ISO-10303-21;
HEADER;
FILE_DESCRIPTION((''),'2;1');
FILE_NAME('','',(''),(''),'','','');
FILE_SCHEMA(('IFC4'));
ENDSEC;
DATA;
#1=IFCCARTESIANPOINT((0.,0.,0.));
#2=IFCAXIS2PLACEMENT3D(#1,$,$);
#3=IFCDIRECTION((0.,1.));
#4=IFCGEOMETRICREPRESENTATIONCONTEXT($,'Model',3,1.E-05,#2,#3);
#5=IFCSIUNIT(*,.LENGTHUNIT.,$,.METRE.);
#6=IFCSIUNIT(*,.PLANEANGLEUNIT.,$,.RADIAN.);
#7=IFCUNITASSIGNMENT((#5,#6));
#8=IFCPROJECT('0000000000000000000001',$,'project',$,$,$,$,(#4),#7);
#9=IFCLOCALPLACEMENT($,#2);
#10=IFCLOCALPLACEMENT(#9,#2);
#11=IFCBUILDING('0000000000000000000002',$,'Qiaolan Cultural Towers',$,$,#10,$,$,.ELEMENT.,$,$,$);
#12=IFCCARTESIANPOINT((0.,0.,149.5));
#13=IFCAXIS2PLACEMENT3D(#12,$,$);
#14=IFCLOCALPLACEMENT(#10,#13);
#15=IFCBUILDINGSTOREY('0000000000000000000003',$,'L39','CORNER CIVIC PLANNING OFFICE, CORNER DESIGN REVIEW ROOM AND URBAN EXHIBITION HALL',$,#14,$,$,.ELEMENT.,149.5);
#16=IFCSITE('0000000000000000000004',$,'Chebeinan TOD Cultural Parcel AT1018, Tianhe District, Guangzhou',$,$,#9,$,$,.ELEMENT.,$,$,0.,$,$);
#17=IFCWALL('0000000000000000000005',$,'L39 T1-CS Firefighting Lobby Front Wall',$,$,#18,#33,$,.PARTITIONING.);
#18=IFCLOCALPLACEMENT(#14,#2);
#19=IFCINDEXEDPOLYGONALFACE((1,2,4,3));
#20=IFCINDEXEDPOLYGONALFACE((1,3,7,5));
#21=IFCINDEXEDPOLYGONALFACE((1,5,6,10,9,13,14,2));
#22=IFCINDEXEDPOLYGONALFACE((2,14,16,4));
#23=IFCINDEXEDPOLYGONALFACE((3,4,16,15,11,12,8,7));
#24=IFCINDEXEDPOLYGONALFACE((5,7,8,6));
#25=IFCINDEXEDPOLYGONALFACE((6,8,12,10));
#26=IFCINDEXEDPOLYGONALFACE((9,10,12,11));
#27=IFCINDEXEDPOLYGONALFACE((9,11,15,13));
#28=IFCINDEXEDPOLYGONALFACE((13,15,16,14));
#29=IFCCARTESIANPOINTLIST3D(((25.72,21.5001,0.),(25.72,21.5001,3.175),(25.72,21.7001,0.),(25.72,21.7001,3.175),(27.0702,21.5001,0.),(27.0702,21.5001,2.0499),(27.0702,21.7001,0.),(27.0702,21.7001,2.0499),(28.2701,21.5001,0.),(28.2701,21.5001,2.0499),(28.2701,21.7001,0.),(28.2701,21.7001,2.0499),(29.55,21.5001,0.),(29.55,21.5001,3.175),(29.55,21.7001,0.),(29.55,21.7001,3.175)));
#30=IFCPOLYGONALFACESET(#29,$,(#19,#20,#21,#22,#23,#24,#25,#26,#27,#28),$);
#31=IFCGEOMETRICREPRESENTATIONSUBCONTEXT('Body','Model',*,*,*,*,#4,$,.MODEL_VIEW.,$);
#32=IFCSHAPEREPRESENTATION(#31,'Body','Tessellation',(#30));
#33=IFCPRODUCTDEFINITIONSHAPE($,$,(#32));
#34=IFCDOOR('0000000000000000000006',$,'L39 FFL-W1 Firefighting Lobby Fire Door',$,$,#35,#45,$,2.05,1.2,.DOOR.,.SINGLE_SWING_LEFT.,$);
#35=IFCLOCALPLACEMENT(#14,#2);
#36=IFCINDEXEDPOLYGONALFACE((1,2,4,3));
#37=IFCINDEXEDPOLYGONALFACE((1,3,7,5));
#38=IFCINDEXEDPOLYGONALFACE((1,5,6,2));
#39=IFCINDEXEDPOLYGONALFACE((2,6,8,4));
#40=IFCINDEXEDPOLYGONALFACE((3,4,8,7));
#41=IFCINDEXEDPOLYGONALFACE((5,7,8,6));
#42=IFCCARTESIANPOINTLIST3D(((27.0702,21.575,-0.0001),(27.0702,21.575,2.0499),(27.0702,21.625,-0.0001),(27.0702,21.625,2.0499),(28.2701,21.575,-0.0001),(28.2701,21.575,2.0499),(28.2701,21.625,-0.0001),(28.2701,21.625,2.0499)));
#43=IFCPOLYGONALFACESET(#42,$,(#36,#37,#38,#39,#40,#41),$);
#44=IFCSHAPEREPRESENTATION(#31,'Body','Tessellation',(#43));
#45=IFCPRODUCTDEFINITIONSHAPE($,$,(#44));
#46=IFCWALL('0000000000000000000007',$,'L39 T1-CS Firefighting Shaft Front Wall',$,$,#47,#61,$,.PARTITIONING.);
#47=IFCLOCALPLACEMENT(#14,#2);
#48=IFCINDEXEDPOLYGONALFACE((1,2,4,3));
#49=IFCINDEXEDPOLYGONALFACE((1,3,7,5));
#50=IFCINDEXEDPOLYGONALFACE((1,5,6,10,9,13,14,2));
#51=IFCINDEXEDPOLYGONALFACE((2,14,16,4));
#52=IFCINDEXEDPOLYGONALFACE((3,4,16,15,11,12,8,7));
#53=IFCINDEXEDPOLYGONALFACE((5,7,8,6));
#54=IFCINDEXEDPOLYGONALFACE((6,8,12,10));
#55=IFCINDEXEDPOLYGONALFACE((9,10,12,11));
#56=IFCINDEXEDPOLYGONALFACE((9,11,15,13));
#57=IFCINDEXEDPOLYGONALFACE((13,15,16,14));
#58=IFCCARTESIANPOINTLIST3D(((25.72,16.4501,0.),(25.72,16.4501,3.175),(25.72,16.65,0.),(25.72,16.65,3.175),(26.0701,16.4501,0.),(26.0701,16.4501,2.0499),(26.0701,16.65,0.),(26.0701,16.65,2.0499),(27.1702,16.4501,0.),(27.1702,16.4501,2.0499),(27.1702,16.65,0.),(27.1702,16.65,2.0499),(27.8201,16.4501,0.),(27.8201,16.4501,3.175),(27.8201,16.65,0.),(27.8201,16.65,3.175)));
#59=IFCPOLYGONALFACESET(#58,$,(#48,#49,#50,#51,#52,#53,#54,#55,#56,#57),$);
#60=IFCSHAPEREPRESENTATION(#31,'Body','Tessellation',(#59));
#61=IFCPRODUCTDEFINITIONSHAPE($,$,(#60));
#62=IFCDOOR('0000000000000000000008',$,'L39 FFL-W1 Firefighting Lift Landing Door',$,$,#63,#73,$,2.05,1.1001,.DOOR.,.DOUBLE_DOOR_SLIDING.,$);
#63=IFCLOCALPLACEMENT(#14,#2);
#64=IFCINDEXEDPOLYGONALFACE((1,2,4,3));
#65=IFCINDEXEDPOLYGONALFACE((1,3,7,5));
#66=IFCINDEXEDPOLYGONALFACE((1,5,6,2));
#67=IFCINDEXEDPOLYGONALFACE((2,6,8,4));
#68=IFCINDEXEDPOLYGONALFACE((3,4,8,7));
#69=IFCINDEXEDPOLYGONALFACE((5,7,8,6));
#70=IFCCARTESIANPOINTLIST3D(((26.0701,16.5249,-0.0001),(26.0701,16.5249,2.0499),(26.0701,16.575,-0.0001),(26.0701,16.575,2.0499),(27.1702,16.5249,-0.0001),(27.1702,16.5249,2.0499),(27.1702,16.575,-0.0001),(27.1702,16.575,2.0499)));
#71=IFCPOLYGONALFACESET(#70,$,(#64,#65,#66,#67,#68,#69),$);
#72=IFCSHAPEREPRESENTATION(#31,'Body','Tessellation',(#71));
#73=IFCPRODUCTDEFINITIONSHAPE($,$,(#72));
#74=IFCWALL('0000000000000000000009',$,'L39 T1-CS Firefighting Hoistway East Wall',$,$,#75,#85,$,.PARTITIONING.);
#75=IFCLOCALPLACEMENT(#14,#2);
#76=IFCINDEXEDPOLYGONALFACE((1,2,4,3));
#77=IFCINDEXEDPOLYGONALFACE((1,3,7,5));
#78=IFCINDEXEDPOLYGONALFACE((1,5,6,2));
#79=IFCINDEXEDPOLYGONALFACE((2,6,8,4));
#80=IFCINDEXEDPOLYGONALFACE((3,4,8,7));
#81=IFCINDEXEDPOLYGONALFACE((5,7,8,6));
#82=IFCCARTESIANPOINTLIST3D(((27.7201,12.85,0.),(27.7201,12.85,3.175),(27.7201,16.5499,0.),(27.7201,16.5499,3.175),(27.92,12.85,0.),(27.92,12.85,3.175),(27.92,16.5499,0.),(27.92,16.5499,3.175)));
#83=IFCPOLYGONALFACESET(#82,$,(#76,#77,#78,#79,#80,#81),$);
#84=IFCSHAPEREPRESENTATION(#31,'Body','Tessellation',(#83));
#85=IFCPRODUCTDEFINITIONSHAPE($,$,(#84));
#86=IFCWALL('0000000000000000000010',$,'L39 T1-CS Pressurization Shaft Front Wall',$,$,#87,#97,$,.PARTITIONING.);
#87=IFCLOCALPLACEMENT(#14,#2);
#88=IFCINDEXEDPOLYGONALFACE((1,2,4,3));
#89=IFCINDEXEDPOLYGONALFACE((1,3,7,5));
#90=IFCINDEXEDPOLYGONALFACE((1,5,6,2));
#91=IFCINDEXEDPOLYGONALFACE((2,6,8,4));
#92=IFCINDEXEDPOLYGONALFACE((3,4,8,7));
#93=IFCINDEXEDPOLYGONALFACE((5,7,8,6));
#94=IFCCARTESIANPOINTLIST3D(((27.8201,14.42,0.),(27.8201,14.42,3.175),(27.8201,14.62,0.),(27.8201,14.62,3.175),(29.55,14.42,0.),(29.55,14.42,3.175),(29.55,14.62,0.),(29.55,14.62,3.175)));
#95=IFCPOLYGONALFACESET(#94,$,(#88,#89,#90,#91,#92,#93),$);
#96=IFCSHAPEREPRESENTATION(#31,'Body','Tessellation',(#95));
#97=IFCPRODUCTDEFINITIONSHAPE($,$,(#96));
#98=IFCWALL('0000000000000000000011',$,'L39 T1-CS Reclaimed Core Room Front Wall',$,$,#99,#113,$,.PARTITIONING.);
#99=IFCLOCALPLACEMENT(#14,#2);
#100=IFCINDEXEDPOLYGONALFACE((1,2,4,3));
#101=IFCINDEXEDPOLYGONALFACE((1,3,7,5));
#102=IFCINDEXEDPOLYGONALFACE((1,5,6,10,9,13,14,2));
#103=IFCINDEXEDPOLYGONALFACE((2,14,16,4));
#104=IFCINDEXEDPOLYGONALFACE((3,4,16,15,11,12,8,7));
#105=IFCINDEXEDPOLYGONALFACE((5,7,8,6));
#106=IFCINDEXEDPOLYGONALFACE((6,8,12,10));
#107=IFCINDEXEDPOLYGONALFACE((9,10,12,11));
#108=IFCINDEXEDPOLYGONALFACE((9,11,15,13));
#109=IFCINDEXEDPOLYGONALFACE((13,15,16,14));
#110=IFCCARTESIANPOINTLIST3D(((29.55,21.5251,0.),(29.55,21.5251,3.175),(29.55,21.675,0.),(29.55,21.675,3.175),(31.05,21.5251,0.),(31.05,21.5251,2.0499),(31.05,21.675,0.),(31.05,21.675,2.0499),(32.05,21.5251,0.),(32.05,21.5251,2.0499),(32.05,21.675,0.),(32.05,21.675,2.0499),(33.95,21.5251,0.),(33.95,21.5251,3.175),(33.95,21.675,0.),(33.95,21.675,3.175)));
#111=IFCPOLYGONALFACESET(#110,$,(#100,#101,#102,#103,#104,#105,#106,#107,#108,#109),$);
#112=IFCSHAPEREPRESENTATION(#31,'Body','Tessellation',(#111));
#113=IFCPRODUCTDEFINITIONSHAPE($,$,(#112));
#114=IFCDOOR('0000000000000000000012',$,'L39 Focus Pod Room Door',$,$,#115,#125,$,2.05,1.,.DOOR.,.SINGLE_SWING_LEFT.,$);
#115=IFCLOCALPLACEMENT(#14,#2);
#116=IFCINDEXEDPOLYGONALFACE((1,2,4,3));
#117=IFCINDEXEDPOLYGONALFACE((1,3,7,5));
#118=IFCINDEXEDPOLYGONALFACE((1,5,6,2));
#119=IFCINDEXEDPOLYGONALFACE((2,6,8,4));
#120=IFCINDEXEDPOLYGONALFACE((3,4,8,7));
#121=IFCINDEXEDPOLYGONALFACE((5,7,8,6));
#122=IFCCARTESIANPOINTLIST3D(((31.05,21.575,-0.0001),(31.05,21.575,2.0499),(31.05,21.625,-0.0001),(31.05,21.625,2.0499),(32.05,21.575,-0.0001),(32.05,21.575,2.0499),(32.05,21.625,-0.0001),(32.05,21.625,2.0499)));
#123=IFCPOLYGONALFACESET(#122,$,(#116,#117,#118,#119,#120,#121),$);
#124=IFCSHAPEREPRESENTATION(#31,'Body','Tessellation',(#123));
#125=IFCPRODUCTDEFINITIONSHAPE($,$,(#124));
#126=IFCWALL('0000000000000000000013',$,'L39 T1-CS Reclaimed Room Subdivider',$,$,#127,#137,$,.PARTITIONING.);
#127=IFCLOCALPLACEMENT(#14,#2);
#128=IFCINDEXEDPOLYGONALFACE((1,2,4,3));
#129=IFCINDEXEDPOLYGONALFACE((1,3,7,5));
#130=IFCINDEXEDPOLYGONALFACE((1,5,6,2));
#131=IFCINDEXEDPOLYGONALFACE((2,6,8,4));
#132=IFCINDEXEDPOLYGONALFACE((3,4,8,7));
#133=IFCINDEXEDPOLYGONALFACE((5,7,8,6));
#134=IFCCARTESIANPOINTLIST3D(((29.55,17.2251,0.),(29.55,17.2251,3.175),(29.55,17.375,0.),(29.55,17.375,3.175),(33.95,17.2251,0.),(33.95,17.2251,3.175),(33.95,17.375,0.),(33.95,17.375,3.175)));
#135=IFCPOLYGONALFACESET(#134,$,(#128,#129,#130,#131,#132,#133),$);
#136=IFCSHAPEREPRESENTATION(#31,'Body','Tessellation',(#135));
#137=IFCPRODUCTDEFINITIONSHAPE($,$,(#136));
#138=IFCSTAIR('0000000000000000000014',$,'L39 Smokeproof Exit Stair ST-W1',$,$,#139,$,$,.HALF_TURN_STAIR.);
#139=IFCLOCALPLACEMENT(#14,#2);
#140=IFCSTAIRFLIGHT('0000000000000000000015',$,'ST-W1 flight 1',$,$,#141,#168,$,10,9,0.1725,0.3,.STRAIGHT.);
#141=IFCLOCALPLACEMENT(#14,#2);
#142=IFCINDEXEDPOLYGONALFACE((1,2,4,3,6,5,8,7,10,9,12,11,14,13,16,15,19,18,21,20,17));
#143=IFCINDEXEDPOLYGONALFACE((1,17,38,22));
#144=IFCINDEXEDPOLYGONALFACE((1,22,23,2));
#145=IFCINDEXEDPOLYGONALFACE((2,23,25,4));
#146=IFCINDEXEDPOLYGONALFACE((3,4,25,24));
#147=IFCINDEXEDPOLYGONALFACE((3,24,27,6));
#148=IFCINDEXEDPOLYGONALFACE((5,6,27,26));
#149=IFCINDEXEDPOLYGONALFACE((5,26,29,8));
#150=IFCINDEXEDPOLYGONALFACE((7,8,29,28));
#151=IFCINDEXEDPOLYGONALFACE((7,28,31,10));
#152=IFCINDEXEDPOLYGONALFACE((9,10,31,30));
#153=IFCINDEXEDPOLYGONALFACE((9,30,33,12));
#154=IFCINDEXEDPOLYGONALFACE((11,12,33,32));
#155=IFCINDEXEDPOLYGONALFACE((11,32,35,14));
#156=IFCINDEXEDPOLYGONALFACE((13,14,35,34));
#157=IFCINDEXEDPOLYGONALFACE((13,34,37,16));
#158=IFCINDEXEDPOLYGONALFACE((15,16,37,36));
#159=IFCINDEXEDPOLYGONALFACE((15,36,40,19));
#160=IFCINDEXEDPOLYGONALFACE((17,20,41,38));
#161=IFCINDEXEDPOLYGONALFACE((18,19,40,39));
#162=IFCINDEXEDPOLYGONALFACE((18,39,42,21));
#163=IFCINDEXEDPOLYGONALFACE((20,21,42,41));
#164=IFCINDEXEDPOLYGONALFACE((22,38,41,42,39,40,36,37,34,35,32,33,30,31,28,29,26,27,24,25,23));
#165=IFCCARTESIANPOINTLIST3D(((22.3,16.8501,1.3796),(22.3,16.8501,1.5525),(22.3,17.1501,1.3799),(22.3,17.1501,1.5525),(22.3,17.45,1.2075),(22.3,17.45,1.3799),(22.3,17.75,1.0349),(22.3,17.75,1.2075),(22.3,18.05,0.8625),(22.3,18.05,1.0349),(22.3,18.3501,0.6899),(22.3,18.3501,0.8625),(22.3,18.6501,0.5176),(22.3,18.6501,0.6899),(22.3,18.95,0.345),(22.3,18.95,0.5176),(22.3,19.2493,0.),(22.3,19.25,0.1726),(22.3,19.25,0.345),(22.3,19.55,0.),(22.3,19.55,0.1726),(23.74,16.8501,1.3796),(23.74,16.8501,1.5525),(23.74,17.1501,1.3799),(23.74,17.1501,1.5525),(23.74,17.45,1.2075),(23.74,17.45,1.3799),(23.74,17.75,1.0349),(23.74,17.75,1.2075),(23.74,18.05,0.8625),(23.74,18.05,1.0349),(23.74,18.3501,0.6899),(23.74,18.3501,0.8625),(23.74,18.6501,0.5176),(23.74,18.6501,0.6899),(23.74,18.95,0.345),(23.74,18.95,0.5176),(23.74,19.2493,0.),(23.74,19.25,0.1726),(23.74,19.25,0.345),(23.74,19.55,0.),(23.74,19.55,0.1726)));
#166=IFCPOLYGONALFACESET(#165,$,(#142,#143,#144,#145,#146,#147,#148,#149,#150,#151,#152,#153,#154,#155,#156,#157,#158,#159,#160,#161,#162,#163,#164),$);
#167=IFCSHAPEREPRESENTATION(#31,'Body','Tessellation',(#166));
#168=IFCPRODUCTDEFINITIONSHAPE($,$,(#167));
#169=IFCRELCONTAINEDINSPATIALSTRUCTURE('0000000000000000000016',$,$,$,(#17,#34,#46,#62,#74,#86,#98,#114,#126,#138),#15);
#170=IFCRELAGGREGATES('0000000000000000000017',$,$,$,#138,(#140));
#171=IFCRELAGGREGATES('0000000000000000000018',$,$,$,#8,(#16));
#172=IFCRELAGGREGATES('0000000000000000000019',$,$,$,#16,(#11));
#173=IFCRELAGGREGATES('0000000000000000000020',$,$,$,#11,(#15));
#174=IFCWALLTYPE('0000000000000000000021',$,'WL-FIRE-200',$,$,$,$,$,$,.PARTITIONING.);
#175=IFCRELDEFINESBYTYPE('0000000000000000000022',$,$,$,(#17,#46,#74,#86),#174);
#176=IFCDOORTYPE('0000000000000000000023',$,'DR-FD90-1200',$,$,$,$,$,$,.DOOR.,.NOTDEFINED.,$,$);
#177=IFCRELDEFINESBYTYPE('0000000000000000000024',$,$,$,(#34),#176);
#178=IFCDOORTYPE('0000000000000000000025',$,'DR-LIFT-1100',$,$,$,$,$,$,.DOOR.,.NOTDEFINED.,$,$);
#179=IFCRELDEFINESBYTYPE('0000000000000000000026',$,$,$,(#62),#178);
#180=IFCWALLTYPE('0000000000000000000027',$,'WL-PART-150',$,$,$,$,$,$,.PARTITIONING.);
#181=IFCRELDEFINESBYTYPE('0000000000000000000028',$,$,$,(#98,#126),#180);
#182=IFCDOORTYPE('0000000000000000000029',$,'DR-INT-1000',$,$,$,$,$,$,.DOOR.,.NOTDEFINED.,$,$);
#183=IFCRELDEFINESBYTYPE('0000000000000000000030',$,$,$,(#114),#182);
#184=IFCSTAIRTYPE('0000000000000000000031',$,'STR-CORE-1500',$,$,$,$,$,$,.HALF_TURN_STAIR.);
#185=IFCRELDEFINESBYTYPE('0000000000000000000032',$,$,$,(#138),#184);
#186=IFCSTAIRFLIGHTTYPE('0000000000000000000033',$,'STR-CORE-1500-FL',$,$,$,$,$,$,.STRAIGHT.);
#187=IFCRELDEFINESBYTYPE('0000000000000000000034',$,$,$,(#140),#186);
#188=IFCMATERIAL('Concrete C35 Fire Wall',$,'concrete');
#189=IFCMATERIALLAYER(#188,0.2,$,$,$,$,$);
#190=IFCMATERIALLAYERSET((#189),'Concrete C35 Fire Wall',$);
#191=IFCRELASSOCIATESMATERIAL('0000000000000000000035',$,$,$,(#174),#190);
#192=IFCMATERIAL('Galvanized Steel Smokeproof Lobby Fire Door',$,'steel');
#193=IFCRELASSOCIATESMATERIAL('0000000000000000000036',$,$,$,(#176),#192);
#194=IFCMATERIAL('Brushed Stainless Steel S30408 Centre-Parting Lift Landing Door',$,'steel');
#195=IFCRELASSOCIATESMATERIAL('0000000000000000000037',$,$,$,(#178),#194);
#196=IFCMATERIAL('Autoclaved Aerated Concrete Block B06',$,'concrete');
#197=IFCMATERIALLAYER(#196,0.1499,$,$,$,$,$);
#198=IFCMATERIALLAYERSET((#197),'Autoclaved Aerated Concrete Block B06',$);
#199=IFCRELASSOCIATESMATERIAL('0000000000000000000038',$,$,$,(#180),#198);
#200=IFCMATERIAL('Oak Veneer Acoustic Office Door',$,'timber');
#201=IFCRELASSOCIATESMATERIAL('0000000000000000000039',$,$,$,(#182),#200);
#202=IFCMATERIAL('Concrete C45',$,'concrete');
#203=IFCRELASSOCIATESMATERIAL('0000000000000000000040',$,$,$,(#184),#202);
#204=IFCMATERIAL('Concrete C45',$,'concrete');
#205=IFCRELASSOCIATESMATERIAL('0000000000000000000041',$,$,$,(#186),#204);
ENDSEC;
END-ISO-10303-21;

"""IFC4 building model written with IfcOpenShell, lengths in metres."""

from ifc_helpers import new_model, si_unit, direction, frame, frame_2d, origin, place, context, subcontext, project, spatial, polyline, rectangle, outline, extrude, material, layer, layer_set, type_object, element, fill, aggregate, save


model = new_model("IFC4")

# Units and contexts
model_context = context("Model", 3, precision=1e-05, world=origin(), true_north=direction((0.0, 1.0)))
body_context = subcontext(model_context, "Body", "Model", "MODEL_VIEW")
ifc_project = project(units=[si_unit("LENGTHUNIT", "METRE"), si_unit("PLANEANGLEUNIT", "RADIAN")], contexts=[model_context])

# Site, building, storey
site_placement = place(None, origin())
site = spatial("IfcSite", under=ifc_project, at=site_placement, Name="Chebeinan TOD Cultural Parcel AT1018, Tianhe District, Guangzhou", CompositionType="ELEMENT", RefElevation=0.0)
building_placement = place(site_placement, origin())
building = spatial("IfcBuilding", under=site, at=building_placement, Name="Qiaolan Cultural Towers", CompositionType="ELEMENT")
storey_placement = place(building_placement, frame((0.0, 0.0, 149.5)))
storey = spatial("IfcBuildingStorey", under=building, at=storey_placement, Name="L39", Description="CORNER CIVIC PLANNING OFFICE, CORNER DESIGN REVIEW ROOM AND URBAN EXHIBITION HALL", CompositionType="ELEMENT", Elevation=149.5)

# Shared definitions
ifc_material_1 = material(Name="Concrete C35 Fire Wall", Category="concrete")
ifc_layer_1 = layer(ifc_material_1, 0.2)
ifc_layer_set_1 = layer_set([ifc_layer_1], Name="Concrete C35 Fire Wall")
wall_type_1 = type_object("IfcWallType", Name="WL-FIRE-200", PredefinedType="PARTITIONING", material=ifc_layer_set_1)

# Walls, openings, doors
wall_1_placement = place(storey_placement, frame((25.72, 21.6001, 0.0), z_axis=(0.0, 0.0, 1.0), x_axis=(1.0, 0.0, 0.0)))
wall_1 = element("IfcWall", 1, at=wall_1_placement, inside=storey, type_object=wall_type_1, Name="L39 T1-CS Firefighting Lobby Front Wall", PredefinedType="PARTITIONING", context=body_context, shape_type="SweptSolid", body=[
    extrude(rectangle(XDim=3.8301, YDim=0.2, at=frame_2d((1.915, 0.0))), origin(), (0.0, 0.0, 1.0), 3.175),
])
opening_1_placement = place(wall_1_placement, frame((1.3501, 0.0, 0.0)))
opening_1 = element("IfcOpeningElement", 2, at=opening_1_placement, cuts=wall_1, PredefinedType="OPENING", context=body_context, shape_type="SweptSolid", body=[
    extrude(rectangle(XDim=1.2, YDim=2.05, at=frame_2d((0.6001, 1.0249))), frame((0.0, 0.1099, 0.0), z_axis=(0.0, -1.0, 0.0), x_axis=(1.0, 0.0, 0.0)), (0.0, 0.0, 1.0), 0.22),
])
ifc_material_2 = material(Name="Galvanized Steel Smokeproof Lobby Fire Door", Category="steel")
door_type_1 = type_object("IfcDoorType", Name="DR-FD90-1200", OperationType="NOTDEFINED", PredefinedType="DOOR", material=ifc_material_2)
door_1_placement = place(opening_1_placement, origin())
door_1 = element("IfcDoor", 3, at=door_1_placement, inside=storey, type_object=door_type_1, Name="L39 FFL-W1 Firefighting Lobby Fire Door", OperationType="SINGLE_SWING_LEFT", OverallHeight=2.05, OverallWidth=1.2, PredefinedType="DOOR", context=body_context, shape_type="SweptSolid", body=[
    extrude(rectangle(XDim=1.2, YDim=2.05, at=frame_2d((0.6001, 1.0249))), frame((0.0, 0.0249, 0.0), z_axis=(0.0, -1.0, 0.0), x_axis=(1.0, 0.0, 0.0)), (0.0, 0.0, 1.0), 0.05),
])
fill(opening_1, door_1)
wall_2_placement = place(storey_placement, frame((25.72, 16.55, 0.0), z_axis=(0.0, 0.0, 1.0), x_axis=(1.0, 0.0, 0.0)))
wall_2 = element("IfcWall", 4, at=wall_2_placement, inside=storey, type_object=wall_type_1, Name="L39 T1-CS Firefighting Shaft Front Wall", PredefinedType="PARTITIONING", context=body_context, shape_type="SweptSolid", body=[
    extrude(rectangle(XDim=2.1001, YDim=0.2, at=frame_2d((1.05, 0.0))), origin(), (0.0, 0.0, 1.0), 3.175),
])
opening_2_placement = place(wall_2_placement, frame((0.3501, 0.0, 0.0)))
opening_2 = element("IfcOpeningElement", 5, at=opening_2_placement, cuts=wall_2, PredefinedType="OPENING", context=body_context, shape_type="SweptSolid", body=[
    extrude(rectangle(XDim=1.1001, YDim=2.05, at=frame_2d((0.55, 1.0249))), frame((0.0, 0.1099, 0.0), z_axis=(0.0, -1.0, 0.0), x_axis=(1.0, 0.0, 0.0)), (0.0, 0.0, 1.0), 0.22),
])
ifc_material_3 = material(Name="Brushed Stainless Steel S30408 Centre-Parting Lift Landing Door", Category="steel")
door_type_2 = type_object("IfcDoorType", Name="DR-LIFT-1100", OperationType="NOTDEFINED", PredefinedType="DOOR", material=ifc_material_3)
door_2_placement = place(opening_2_placement, origin())
door_2 = element("IfcDoor", 6, at=door_2_placement, inside=storey, type_object=door_type_2, Name="L39 FFL-W1 Firefighting Lift Landing Door", OperationType="DOUBLE_DOOR_SLIDING", OverallHeight=2.05, OverallWidth=1.1001, PredefinedType="DOOR", context=body_context, shape_type="SweptSolid", body=[
    extrude(rectangle(XDim=1.1001, YDim=2.05, at=frame_2d((0.55, 1.0249))), frame((0.0, 0.0249, 0.0), z_axis=(0.0, -1.0, 0.0), x_axis=(1.0, 0.0, 0.0)), (0.0, 0.0, 1.0), 0.05),
])
fill(opening_2, door_2)

# Walls
wall_3_placement = place(storey_placement, frame((27.8201, 16.55, 0.0), z_axis=(0.0, 0.0, 1.0), x_axis=(0.0, -1.0, 0.0)))
element("IfcWall", 7, at=wall_3_placement, inside=storey, type_object=wall_type_1, Name="L39 T1-CS Firefighting Hoistway East Wall", PredefinedType="PARTITIONING", context=body_context, shape_type="SweptSolid", body=[
    extrude(rectangle(XDim=3.7, YDim=0.2, at=frame_2d((1.8501, 0.0))), origin(), (0.0, 0.0, 1.0), 3.175),
])
wall_4_placement = place(storey_placement, frame((27.8201, 14.52, 0.0), z_axis=(0.0, 0.0, 1.0), x_axis=(1.0, 0.0, 0.0)))
element("IfcWall", 8, at=wall_4_placement, inside=storey, type_object=wall_type_1, Name="L39 T1-CS Pressurization Shaft Front Wall", PredefinedType="PARTITIONING", context=body_context, shape_type="SweptSolid", body=[
    extrude(rectangle(XDim=1.73, YDim=0.2, at=frame_2d((0.865, 0.0))), origin(), (0.0, 0.0, 1.0), 3.175),
])

# Wall, opening, door
ifc_material_4 = material(Name="Autoclaved Aerated Concrete Block B06", Category="concrete")
ifc_layer_2 = layer(ifc_material_4, 0.1499)
ifc_layer_set_2 = layer_set([ifc_layer_2], Name="Autoclaved Aerated Concrete Block B06")
wall_type_2 = type_object("IfcWallType", Name="WL-PART-150", PredefinedType="PARTITIONING", material=ifc_layer_set_2)
wall_5_placement = place(storey_placement, frame((29.55, 21.6001, 0.0), z_axis=(0.0, 0.0, 1.0), x_axis=(1.0, 0.0, 0.0)))
wall_5 = element("IfcWall", 9, at=wall_5_placement, inside=storey, type_object=wall_type_2, Name="L39 T1-CS Reclaimed Core Room Front Wall", PredefinedType="PARTITIONING", context=body_context, shape_type="SweptSolid", body=[
    extrude(rectangle(XDim=4.3999, YDim=0.1499, at=frame_2d((2.2, 0.0))), origin(), (0.0, 0.0, 1.0), 3.175),
])
opening_3_placement = place(wall_5_placement, frame((1.5, 0.0, 0.0)))
opening_3 = element("IfcOpeningElement", 10, at=opening_3_placement, cuts=wall_5, PredefinedType="OPENING", context=body_context, shape_type="SweptSolid", body=[
    extrude(rectangle(XDim=1.0, YDim=2.05, at=frame_2d((0.5, 1.0249))), frame((0.0, 0.085, 0.0), z_axis=(0.0, -1.0, 0.0), x_axis=(1.0, 0.0, 0.0)), (0.0, 0.0, 1.0), 0.1699),
])
ifc_material_5 = material(Name="Oak Veneer Acoustic Office Door", Category="timber")
door_type_3 = type_object("IfcDoorType", Name="DR-INT-1000", OperationType="NOTDEFINED", PredefinedType="DOOR", material=ifc_material_5)
door_3_placement = place(opening_3_placement, origin())
door_3 = element("IfcDoor", 11, at=door_3_placement, inside=storey, type_object=door_type_3, Name="L39 Focus Pod Room Door", OperationType="SINGLE_SWING_LEFT", OverallHeight=2.05, OverallWidth=1.0, PredefinedType="DOOR", context=body_context, shape_type="SweptSolid", body=[
    extrude(rectangle(XDim=1.0, YDim=2.05, at=frame_2d((0.5, 1.0249))), frame((0.0, 0.0249, 0.0), z_axis=(0.0, -1.0, 0.0), x_axis=(1.0, 0.0, 0.0)), (0.0, 0.0, 1.0), 0.05),
])
fill(opening_3, door_3)

# Wall
wall_6_placement = place(storey_placement, frame((29.55, 17.3, 0.0), z_axis=(0.0, 0.0, 1.0), x_axis=(1.0, 0.0, 0.0)))
element("IfcWall", 12, at=wall_6_placement, inside=storey, type_object=wall_type_2, Name="L39 T1-CS Reclaimed Room Subdivider", PredefinedType="PARTITIONING", context=body_context, shape_type="SweptSolid", body=[
    extrude(rectangle(XDim=4.3999, YDim=0.1499, at=frame_2d((2.2, 0.0))), origin(), (0.0, 0.0, 1.0), 3.175),
])

# Stair, stair flight
ifc_material_6 = material(Name="Concrete C45", Category="concrete")
stair_type = type_object("IfcStairType", Name="STR-CORE-1500", PredefinedType="HALF_TURN_STAIR", material=ifc_material_6)
stair_placement = place(storey_placement, origin())
stair = element("IfcStair", 13, at=stair_placement, inside=storey, type_object=stair_type, Name="L39 Smokeproof Exit Stair ST-W1", PredefinedType="HALF_TURN_STAIR")
ifc_material_7 = material(Name="Concrete C45", Category="concrete")
stair_flight_type = type_object("IfcStairFlightType", Name="STR-CORE-1500-FL", PredefinedType="STRAIGHT", material=ifc_material_7)
stair_flight_1_placement = place(storey_placement, frame((23.02, 19.55, 0.0), z_axis=(0.0, 0.0, 1.0), x_axis=(0.0, -1.0, 0.0)))
stair_flight_1 = element("IfcStairFlight", 14, at=stair_flight_1_placement, type_object=stair_flight_type, Name="ST-W1 flight 1", NumberOfRisers=10, NumberOfTreads=9, PredefinedType="STRAIGHT", RiserHeight=0.1725, TreadLength=0.3, context=body_context, shape_type="SweptSolid", body=[
    extrude(outline(polyline([(0.0, 0.0), (0.0, 0.1726), (0.3, 0.1726), (0.3, 0.345), (0.6001, 0.345), (0.6001, 0.5176), (0.8999, 0.5176), (0.8999, 0.6899), (1.2, 0.6899), (1.2, 0.8625), (1.5, 0.8625), (1.5, 1.0349), (1.8, 1.0349), (1.8, 1.2075), (2.1001, 1.2075), (2.1001, 1.3799), (2.3999, 1.3799), (2.3999, 1.5525), (2.7, 1.5525), (2.7, 1.7251), (2.7, 1.3796), (0.3008, 0.0), (0.0, 0.0)])), frame((0.0, 0.72, 0.0), z_axis=(0.0, -1.0, 0.0), x_axis=(1.0, 0.0, 0.0)), (0.0, 0.0, 1.0), 1.4399),
])
aggregate(stair, [stair_flight_1])

save(model, "model.ifc")
